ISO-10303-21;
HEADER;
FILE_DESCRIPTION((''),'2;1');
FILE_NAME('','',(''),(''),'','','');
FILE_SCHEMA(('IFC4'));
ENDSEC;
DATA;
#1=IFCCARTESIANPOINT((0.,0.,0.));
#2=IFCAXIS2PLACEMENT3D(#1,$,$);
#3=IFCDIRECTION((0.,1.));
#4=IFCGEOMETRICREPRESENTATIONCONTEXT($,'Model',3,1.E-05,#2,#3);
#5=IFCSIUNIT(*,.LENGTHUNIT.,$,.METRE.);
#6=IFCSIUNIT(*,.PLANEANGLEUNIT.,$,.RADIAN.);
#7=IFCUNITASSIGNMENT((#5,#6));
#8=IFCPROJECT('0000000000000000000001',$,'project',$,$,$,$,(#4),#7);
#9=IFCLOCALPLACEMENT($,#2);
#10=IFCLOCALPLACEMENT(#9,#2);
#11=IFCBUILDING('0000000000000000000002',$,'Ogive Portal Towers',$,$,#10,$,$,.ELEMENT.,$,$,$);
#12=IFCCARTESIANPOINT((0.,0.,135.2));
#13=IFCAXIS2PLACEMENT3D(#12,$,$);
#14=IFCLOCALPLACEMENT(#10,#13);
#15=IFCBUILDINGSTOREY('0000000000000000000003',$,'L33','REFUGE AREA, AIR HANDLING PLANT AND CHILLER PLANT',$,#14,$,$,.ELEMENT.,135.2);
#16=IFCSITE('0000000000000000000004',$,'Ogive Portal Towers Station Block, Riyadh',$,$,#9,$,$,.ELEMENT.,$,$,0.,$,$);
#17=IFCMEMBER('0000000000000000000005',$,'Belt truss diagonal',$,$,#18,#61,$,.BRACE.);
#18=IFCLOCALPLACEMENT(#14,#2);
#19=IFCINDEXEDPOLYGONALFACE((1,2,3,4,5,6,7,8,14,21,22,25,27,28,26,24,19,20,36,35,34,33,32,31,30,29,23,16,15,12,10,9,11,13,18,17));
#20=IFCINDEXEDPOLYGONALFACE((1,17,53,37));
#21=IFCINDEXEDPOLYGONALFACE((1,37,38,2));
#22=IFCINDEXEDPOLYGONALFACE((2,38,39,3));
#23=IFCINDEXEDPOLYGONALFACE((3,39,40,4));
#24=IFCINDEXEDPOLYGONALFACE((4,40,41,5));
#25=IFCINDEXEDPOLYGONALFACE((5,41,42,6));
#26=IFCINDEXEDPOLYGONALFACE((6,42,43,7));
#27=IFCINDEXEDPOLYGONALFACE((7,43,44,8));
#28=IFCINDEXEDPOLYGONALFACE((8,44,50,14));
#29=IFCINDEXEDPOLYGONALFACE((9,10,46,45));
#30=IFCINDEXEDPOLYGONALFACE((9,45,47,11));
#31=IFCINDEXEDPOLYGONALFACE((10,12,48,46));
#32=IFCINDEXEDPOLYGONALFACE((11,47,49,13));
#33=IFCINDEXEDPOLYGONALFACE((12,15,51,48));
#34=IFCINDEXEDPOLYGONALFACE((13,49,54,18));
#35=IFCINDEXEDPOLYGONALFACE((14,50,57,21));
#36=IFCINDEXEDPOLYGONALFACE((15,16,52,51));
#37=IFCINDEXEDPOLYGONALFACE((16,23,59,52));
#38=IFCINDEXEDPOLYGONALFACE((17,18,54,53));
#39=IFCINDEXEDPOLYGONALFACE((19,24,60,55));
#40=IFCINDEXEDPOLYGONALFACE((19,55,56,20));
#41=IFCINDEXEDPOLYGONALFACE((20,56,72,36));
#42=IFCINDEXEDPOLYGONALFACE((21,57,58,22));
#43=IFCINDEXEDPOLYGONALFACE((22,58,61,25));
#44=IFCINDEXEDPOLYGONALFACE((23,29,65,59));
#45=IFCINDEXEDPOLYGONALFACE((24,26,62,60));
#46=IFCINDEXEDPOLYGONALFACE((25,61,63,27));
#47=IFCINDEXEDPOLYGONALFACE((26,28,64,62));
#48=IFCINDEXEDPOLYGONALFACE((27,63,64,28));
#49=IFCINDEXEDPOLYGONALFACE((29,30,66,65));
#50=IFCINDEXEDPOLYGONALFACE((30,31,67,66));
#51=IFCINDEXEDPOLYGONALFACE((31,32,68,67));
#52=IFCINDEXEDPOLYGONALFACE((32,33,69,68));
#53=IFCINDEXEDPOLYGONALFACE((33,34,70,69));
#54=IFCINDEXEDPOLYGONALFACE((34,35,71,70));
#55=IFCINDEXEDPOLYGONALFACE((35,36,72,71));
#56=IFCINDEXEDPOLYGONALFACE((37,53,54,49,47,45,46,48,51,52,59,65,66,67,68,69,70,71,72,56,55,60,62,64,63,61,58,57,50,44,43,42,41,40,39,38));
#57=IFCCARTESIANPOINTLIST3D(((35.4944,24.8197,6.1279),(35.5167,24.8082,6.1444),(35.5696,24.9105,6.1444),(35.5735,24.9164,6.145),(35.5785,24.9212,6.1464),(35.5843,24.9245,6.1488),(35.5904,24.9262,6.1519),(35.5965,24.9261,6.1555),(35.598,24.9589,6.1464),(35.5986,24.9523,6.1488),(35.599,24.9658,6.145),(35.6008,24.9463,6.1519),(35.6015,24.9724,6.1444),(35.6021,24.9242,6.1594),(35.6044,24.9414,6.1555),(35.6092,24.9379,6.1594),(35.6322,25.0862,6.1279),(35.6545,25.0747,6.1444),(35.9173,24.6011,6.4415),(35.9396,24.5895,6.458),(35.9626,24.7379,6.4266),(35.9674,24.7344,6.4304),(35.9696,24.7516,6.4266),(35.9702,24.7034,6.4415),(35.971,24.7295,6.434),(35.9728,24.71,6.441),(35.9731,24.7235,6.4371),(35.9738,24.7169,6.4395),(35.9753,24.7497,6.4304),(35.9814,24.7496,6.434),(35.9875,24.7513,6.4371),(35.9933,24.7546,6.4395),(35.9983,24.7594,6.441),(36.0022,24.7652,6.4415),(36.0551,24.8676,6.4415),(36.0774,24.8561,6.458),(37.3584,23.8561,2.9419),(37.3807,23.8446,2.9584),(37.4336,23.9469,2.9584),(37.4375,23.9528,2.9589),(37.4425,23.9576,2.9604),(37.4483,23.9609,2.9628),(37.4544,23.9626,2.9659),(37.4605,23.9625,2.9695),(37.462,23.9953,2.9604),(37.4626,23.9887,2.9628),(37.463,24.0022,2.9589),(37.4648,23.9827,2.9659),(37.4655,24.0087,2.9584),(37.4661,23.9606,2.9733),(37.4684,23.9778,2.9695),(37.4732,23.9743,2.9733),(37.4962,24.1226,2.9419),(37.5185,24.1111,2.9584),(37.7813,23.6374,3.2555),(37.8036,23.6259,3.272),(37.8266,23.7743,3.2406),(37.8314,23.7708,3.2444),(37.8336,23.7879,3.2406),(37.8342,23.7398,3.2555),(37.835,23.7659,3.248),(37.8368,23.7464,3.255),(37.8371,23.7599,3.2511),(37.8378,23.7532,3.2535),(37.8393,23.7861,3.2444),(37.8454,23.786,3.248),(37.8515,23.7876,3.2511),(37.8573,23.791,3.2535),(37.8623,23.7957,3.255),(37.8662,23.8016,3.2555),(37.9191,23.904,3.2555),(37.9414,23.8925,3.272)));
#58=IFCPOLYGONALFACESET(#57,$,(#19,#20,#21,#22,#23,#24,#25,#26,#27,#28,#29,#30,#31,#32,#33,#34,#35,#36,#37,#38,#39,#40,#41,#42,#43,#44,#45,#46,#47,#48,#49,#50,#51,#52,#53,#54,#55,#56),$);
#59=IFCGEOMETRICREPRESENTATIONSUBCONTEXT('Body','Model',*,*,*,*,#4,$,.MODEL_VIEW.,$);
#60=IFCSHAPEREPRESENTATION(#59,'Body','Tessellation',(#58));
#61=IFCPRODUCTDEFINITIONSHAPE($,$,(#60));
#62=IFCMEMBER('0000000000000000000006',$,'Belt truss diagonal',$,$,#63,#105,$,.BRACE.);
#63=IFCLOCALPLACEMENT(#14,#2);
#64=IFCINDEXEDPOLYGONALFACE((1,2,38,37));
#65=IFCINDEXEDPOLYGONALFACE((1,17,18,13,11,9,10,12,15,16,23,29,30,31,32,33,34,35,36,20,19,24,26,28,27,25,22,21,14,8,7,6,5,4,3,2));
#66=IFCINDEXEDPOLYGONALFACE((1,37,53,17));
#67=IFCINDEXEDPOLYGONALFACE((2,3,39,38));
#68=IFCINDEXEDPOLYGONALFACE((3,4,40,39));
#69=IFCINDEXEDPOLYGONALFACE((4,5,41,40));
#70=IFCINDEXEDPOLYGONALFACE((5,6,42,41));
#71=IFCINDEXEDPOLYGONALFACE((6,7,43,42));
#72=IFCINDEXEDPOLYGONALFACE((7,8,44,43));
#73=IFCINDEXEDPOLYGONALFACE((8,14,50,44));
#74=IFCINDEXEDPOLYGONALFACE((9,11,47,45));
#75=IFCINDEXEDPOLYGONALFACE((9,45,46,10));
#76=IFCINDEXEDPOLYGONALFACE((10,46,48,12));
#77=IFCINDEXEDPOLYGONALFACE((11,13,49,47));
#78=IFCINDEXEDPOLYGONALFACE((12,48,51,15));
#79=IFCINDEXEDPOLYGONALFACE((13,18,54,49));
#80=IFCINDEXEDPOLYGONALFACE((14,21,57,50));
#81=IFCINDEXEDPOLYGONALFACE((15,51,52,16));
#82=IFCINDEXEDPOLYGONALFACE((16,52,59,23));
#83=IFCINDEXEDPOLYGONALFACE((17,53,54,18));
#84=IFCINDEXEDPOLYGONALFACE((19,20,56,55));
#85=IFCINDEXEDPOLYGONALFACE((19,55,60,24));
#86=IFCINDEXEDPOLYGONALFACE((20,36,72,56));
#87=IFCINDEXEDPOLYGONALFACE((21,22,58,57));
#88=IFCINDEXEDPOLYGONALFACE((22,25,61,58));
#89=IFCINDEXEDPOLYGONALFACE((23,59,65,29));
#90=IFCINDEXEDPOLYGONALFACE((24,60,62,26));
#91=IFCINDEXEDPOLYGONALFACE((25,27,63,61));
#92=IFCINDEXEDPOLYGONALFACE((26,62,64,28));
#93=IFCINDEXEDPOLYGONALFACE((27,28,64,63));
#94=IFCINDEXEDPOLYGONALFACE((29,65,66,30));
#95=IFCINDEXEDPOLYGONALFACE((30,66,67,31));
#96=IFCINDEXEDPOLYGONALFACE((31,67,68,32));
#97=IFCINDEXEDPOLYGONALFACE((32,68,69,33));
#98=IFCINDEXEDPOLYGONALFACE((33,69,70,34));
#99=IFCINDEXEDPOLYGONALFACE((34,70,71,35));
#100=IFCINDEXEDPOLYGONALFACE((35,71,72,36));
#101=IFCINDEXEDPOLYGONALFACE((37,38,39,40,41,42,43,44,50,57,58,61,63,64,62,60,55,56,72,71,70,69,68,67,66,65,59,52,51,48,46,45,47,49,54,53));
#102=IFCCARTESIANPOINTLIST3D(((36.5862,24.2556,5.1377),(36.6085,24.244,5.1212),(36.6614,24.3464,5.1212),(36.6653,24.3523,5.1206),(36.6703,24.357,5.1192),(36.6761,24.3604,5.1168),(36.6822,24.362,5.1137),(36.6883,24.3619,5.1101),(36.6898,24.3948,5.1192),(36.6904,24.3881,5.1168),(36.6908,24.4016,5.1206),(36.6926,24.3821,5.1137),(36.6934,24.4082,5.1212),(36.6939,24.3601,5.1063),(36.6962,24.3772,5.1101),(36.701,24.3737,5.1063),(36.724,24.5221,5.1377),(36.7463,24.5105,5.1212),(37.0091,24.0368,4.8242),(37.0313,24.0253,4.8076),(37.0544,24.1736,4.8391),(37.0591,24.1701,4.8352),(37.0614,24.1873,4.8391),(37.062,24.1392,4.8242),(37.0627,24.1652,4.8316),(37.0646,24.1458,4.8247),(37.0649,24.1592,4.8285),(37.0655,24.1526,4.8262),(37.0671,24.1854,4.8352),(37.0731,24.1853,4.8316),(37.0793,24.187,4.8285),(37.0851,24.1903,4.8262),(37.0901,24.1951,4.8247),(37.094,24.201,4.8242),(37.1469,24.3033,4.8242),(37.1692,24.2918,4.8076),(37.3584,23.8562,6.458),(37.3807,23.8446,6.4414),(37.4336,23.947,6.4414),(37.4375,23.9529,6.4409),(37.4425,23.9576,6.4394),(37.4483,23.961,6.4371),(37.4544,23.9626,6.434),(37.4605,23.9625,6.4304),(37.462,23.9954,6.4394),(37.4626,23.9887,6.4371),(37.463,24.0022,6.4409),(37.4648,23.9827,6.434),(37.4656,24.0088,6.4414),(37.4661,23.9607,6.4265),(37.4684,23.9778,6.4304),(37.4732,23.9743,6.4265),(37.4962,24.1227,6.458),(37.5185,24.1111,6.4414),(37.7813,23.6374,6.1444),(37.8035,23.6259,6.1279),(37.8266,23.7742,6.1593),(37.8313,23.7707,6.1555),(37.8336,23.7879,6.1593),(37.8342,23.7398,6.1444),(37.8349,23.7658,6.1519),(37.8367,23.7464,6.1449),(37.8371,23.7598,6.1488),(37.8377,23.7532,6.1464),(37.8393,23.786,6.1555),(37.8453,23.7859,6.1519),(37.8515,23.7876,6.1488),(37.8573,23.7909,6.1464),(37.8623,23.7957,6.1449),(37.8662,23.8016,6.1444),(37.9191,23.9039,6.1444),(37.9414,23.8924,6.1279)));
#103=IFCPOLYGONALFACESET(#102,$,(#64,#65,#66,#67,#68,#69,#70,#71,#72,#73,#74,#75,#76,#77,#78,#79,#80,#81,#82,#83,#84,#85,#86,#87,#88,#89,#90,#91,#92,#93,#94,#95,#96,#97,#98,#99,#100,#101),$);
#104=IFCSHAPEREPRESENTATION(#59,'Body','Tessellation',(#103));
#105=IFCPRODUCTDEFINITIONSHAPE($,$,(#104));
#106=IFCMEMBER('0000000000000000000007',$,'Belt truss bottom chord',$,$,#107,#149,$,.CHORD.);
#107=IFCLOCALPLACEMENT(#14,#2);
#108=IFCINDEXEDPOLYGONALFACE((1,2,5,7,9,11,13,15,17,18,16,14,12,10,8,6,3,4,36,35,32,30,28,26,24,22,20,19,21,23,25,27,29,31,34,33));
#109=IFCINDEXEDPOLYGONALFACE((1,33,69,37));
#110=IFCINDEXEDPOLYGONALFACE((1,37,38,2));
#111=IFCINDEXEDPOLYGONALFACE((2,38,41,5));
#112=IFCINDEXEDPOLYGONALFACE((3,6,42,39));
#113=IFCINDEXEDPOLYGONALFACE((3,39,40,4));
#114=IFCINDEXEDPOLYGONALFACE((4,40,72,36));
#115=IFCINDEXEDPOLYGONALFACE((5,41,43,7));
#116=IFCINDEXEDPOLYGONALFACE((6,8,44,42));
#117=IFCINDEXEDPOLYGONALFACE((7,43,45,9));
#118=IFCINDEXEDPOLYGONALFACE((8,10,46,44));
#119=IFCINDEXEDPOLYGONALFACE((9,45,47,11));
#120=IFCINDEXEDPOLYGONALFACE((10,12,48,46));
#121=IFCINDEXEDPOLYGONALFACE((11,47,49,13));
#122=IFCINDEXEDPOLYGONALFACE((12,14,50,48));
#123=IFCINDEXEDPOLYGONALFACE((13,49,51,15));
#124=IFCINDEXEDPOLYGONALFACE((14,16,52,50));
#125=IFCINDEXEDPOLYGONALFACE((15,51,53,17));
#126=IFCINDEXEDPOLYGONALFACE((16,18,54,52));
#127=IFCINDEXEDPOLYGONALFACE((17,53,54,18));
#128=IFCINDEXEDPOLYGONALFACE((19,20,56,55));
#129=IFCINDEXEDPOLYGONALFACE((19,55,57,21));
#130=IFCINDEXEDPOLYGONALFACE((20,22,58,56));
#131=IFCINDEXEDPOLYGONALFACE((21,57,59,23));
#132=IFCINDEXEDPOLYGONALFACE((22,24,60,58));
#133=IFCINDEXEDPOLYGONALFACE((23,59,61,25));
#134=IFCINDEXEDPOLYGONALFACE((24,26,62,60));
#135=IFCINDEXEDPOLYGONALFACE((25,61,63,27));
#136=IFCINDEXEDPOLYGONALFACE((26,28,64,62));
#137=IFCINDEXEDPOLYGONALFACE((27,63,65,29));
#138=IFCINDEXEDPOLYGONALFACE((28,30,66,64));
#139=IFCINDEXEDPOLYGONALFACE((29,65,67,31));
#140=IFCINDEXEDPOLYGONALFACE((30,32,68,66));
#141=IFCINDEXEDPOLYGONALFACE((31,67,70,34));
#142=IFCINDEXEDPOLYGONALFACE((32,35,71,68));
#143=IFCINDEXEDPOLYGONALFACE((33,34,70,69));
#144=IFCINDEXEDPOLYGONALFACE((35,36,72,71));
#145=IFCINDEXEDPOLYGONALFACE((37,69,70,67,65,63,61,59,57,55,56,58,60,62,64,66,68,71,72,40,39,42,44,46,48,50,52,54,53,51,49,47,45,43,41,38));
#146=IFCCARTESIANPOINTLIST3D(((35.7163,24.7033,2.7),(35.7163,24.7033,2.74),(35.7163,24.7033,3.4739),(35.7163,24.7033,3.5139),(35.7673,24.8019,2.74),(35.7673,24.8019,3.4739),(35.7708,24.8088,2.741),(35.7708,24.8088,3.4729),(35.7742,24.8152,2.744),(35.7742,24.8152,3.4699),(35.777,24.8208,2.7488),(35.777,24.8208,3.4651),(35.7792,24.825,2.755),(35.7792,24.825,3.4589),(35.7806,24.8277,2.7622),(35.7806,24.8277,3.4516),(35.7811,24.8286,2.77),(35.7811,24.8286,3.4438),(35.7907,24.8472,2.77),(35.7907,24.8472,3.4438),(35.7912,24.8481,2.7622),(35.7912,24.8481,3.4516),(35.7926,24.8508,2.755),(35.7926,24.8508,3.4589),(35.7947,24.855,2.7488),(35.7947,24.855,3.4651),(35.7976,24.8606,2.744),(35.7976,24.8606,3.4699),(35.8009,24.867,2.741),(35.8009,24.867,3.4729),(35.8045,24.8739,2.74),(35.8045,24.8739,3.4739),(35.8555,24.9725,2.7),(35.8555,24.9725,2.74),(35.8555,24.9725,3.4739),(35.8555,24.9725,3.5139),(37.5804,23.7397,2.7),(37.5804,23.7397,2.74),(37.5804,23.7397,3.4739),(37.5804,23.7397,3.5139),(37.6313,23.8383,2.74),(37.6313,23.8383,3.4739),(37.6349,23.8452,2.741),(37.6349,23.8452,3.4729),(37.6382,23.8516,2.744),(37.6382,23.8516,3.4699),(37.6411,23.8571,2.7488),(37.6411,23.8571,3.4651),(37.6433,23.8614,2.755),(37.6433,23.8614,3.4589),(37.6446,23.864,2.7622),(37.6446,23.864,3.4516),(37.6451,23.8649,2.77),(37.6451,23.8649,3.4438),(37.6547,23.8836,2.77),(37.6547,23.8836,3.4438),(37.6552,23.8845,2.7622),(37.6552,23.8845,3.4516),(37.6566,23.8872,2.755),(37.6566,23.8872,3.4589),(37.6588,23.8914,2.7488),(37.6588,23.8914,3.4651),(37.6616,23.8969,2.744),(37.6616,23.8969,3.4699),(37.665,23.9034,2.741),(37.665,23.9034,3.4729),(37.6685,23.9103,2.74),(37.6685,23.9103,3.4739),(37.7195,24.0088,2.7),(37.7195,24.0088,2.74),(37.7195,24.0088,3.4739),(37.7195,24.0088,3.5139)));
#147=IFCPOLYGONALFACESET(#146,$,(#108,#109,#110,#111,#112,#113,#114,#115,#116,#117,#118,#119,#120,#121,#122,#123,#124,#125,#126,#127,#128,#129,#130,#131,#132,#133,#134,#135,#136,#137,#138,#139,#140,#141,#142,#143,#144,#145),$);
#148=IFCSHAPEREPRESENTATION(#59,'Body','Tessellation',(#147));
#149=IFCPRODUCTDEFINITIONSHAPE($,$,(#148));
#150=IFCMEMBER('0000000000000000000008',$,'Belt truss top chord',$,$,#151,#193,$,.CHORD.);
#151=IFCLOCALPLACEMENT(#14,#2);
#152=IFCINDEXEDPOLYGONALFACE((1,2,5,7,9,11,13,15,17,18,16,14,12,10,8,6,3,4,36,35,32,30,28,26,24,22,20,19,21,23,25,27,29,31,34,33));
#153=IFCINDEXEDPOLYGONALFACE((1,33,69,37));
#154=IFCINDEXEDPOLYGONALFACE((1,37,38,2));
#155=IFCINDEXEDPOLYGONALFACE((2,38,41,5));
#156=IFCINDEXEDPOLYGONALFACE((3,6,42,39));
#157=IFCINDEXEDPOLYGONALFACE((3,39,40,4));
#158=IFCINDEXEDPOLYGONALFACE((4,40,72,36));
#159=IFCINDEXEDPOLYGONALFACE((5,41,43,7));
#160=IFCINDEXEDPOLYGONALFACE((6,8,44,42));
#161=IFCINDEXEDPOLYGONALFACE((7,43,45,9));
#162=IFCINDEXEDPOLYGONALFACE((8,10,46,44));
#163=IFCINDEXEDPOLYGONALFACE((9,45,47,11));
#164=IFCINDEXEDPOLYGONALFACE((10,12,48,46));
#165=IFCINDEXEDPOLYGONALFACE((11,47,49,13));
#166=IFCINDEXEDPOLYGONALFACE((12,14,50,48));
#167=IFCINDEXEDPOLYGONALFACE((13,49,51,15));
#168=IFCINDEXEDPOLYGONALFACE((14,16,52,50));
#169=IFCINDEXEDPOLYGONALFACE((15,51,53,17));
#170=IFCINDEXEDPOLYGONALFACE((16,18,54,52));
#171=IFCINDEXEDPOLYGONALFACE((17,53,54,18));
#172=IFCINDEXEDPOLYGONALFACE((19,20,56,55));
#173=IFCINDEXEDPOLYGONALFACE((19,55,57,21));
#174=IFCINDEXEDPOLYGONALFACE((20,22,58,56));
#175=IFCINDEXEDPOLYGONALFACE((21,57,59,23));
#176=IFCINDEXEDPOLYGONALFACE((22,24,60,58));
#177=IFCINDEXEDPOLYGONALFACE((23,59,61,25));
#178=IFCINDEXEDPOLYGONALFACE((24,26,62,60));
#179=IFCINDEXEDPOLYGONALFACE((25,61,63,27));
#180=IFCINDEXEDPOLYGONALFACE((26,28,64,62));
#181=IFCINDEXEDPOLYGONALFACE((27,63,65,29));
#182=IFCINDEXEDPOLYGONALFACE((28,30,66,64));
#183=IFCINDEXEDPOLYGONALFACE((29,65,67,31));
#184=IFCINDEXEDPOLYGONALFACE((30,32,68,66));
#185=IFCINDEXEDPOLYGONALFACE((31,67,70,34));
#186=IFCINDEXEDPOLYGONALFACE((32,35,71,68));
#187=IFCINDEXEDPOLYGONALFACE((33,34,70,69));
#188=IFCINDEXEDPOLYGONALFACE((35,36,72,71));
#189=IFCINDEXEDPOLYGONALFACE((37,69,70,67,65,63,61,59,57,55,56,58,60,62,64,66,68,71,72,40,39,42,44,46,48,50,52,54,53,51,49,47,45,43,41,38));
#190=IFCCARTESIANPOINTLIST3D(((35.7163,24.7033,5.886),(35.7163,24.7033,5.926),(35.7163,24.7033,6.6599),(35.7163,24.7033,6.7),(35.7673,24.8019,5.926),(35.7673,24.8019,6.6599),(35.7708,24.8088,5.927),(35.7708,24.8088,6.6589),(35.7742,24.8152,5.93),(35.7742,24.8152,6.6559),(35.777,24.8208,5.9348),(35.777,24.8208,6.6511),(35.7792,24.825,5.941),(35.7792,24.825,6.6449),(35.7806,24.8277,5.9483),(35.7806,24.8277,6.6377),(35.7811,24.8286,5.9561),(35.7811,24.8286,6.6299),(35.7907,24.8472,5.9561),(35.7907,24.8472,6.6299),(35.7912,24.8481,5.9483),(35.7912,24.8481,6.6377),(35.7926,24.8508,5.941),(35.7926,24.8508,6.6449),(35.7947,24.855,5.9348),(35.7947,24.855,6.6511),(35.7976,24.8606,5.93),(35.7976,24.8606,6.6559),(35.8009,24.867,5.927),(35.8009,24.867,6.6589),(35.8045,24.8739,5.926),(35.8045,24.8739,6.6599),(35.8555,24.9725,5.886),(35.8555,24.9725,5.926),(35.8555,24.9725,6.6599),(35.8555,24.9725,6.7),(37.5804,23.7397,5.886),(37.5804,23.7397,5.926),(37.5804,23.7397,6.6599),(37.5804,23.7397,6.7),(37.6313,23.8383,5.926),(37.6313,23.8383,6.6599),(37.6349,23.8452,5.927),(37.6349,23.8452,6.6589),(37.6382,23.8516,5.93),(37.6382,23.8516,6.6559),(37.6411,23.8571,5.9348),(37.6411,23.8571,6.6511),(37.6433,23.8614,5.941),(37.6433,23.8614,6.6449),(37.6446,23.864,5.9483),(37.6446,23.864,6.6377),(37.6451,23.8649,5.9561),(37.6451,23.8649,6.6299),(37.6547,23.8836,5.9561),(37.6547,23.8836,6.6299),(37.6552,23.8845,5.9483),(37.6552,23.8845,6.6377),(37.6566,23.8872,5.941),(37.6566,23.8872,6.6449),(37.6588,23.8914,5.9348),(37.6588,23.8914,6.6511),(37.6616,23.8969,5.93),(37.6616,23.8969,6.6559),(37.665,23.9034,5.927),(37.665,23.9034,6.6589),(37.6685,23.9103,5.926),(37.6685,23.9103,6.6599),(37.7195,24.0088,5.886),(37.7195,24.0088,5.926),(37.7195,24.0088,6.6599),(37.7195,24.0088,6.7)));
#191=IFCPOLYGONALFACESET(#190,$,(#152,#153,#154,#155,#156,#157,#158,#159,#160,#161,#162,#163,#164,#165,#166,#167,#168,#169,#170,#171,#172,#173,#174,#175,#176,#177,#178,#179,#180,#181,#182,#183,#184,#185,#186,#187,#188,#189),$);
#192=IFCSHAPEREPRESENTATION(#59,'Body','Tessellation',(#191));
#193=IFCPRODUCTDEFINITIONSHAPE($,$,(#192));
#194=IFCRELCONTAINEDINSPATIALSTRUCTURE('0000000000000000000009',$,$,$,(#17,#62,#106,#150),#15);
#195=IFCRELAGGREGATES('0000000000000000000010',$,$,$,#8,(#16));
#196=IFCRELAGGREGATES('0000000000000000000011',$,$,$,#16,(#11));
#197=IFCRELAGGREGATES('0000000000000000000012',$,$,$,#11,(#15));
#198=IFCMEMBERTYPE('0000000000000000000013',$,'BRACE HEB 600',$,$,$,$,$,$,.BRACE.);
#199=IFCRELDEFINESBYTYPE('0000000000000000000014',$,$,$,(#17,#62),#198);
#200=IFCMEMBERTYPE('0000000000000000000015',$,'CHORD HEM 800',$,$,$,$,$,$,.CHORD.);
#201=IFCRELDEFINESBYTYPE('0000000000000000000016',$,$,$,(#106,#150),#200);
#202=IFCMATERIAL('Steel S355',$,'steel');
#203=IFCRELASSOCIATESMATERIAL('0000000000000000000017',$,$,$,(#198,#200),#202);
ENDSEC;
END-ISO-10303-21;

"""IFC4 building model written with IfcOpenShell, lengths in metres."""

from ifc_helpers import new_model, si_unit, direction, frame, origin, origin_2d, place, context, subcontext, project, spatial, i_section, extrude, material, material_profile, profile_set, type_object, element, save


model = new_model("IFC4")

# Units and contexts
model_context = context("Model", 3, precision=1e-05, world=origin(), true_north=direction((0.0, 1.0)))
body_context = subcontext(model_context, "Body", "Model", "MODEL_VIEW")
ifc_project = project(units=[si_unit("LENGTHUNIT", "METRE"), si_unit("PLANEANGLEUNIT", "RADIAN")], contexts=[model_context])

# Site, building, storey
site_placement = place(None, origin())
site = spatial("IfcSite", under=ifc_project, at=site_placement, Name="Ogive Portal Towers Station Block, Riyadh", CompositionType="ELEMENT", RefElevation=0.0)
building_placement = place(site_placement, origin())
building = spatial("IfcBuilding", under=site, at=building_placement, Name="Ogive Portal Towers", CompositionType="ELEMENT")
storey_placement = place(building_placement, frame((0.0, 0.0, 135.2)))
storey = spatial("IfcBuildingStorey", under=building, at=storey_placement, Name="L33", Description="REFUGE AREA, AIR HANDLING PLANT AND CHILLER PLANT", CompositionType="ELEMENT", Elevation=135.2)

# Members
ifc_material_1 = material(Name="Steel S355", Category="steel")
ifc_material_profile_1 = material_profile(ifc_material_1, i_section(OverallWidth=0.3, OverallDepth=0.6001, WebThickness=0.0154, FlangeThickness=0.03, FilletRadius=0.0271, at=origin_2d()), Name="HEB 600")
ifc_profile_set_1 = profile_set([ifc_material_profile_1], Name="Steel S355")
member_type_1 = type_object("IfcMemberType", Name="BRACE HEB 600", PredefinedType="BRACE", material=ifc_profile_set_1)
member_1_placement = place(storey_placement, frame((35.7859, 24.8379, 6.293), z_axis=(0.488606, -0.25259, -0.835142), x_axis=(0.459227, 0.888319, 0.0)))
element("IfcMember", 1, at=member_1_placement, inside=storey, type_object=member_type_1, Name="Belt truss diagonal", PredefinedType="BRACE", context=body_context, shape_type="SweptSolid", body=[
    extrude(i_section(OverallWidth=0.3, OverallDepth=0.6001, WebThickness=0.0154, FlangeThickness=0.03, FilletRadius=0.0271, at=origin_2d()), origin(), (0.0, 0.0, 1.0), 3.8149),
])
member_2_placement = place(storey_placement, frame((36.8777, 24.2737, 4.9727), z_axis=(0.488483, -0.252658, 0.835193), x_axis=(0.459415, 0.888222, 0.0)))
element("IfcMember", 2, at=member_2_placement, inside=storey, type_object=member_type_1, Name="Belt truss diagonal", PredefinedType="BRACE", context=body_context, shape_type="SweptSolid", body=[
    extrude(i_section(OverallWidth=0.3, OverallDepth=0.6001, WebThickness=0.0154, FlangeThickness=0.03, FilletRadius=0.0271, at=origin_2d()), origin(), (0.0, 0.0, 1.0), 1.5808),
])
ifc_material_profile_2 = material_profile(ifc_material_1, i_section(OverallWidth=0.303, OverallDepth=0.814, WebThickness=0.021, FlangeThickness=0.04, FilletRadius=0.03, at=origin_2d()), Name="HEM 800")
ifc_profile_set_2 = profile_set([ifc_material_profile_2], Name="Steel S355")
member_type_2 = type_object("IfcMemberType", Name="CHORD HEM 800", PredefinedType="CHORD", material=ifc_profile_set_2)
for number, where, z_axis, x_axis, name in (
    (3, (35.7859, 24.8379, 3.1069), (0.888319, -0.459227, 0.0), (0.459227, 0.888319, 0.0), "Belt truss bottom chord"),
    (4, (35.7859, 24.8379, 6.293), (0.888319, -0.459227, 0.0), (0.459227, 0.888319, 0.0), "Belt truss top chord"),
):
    element("IfcMember", number, at=place(storey_placement, frame(where, z_axis=z_axis, x_axis=x_axis)), inside=storey, type_object=member_type_2, Name=name, PredefinedType="CHORD", context=body_context, shape_type="SweptSolid", body=[
        extrude(i_section(OverallWidth=0.303, OverallDepth=0.814, WebThickness=0.021, FlangeThickness=0.04, FilletRadius=0.03, at=origin_2d()), origin(), (0.0, 0.0, 1.0), 2.0984),
    ])

save(model, "model.ifc")
